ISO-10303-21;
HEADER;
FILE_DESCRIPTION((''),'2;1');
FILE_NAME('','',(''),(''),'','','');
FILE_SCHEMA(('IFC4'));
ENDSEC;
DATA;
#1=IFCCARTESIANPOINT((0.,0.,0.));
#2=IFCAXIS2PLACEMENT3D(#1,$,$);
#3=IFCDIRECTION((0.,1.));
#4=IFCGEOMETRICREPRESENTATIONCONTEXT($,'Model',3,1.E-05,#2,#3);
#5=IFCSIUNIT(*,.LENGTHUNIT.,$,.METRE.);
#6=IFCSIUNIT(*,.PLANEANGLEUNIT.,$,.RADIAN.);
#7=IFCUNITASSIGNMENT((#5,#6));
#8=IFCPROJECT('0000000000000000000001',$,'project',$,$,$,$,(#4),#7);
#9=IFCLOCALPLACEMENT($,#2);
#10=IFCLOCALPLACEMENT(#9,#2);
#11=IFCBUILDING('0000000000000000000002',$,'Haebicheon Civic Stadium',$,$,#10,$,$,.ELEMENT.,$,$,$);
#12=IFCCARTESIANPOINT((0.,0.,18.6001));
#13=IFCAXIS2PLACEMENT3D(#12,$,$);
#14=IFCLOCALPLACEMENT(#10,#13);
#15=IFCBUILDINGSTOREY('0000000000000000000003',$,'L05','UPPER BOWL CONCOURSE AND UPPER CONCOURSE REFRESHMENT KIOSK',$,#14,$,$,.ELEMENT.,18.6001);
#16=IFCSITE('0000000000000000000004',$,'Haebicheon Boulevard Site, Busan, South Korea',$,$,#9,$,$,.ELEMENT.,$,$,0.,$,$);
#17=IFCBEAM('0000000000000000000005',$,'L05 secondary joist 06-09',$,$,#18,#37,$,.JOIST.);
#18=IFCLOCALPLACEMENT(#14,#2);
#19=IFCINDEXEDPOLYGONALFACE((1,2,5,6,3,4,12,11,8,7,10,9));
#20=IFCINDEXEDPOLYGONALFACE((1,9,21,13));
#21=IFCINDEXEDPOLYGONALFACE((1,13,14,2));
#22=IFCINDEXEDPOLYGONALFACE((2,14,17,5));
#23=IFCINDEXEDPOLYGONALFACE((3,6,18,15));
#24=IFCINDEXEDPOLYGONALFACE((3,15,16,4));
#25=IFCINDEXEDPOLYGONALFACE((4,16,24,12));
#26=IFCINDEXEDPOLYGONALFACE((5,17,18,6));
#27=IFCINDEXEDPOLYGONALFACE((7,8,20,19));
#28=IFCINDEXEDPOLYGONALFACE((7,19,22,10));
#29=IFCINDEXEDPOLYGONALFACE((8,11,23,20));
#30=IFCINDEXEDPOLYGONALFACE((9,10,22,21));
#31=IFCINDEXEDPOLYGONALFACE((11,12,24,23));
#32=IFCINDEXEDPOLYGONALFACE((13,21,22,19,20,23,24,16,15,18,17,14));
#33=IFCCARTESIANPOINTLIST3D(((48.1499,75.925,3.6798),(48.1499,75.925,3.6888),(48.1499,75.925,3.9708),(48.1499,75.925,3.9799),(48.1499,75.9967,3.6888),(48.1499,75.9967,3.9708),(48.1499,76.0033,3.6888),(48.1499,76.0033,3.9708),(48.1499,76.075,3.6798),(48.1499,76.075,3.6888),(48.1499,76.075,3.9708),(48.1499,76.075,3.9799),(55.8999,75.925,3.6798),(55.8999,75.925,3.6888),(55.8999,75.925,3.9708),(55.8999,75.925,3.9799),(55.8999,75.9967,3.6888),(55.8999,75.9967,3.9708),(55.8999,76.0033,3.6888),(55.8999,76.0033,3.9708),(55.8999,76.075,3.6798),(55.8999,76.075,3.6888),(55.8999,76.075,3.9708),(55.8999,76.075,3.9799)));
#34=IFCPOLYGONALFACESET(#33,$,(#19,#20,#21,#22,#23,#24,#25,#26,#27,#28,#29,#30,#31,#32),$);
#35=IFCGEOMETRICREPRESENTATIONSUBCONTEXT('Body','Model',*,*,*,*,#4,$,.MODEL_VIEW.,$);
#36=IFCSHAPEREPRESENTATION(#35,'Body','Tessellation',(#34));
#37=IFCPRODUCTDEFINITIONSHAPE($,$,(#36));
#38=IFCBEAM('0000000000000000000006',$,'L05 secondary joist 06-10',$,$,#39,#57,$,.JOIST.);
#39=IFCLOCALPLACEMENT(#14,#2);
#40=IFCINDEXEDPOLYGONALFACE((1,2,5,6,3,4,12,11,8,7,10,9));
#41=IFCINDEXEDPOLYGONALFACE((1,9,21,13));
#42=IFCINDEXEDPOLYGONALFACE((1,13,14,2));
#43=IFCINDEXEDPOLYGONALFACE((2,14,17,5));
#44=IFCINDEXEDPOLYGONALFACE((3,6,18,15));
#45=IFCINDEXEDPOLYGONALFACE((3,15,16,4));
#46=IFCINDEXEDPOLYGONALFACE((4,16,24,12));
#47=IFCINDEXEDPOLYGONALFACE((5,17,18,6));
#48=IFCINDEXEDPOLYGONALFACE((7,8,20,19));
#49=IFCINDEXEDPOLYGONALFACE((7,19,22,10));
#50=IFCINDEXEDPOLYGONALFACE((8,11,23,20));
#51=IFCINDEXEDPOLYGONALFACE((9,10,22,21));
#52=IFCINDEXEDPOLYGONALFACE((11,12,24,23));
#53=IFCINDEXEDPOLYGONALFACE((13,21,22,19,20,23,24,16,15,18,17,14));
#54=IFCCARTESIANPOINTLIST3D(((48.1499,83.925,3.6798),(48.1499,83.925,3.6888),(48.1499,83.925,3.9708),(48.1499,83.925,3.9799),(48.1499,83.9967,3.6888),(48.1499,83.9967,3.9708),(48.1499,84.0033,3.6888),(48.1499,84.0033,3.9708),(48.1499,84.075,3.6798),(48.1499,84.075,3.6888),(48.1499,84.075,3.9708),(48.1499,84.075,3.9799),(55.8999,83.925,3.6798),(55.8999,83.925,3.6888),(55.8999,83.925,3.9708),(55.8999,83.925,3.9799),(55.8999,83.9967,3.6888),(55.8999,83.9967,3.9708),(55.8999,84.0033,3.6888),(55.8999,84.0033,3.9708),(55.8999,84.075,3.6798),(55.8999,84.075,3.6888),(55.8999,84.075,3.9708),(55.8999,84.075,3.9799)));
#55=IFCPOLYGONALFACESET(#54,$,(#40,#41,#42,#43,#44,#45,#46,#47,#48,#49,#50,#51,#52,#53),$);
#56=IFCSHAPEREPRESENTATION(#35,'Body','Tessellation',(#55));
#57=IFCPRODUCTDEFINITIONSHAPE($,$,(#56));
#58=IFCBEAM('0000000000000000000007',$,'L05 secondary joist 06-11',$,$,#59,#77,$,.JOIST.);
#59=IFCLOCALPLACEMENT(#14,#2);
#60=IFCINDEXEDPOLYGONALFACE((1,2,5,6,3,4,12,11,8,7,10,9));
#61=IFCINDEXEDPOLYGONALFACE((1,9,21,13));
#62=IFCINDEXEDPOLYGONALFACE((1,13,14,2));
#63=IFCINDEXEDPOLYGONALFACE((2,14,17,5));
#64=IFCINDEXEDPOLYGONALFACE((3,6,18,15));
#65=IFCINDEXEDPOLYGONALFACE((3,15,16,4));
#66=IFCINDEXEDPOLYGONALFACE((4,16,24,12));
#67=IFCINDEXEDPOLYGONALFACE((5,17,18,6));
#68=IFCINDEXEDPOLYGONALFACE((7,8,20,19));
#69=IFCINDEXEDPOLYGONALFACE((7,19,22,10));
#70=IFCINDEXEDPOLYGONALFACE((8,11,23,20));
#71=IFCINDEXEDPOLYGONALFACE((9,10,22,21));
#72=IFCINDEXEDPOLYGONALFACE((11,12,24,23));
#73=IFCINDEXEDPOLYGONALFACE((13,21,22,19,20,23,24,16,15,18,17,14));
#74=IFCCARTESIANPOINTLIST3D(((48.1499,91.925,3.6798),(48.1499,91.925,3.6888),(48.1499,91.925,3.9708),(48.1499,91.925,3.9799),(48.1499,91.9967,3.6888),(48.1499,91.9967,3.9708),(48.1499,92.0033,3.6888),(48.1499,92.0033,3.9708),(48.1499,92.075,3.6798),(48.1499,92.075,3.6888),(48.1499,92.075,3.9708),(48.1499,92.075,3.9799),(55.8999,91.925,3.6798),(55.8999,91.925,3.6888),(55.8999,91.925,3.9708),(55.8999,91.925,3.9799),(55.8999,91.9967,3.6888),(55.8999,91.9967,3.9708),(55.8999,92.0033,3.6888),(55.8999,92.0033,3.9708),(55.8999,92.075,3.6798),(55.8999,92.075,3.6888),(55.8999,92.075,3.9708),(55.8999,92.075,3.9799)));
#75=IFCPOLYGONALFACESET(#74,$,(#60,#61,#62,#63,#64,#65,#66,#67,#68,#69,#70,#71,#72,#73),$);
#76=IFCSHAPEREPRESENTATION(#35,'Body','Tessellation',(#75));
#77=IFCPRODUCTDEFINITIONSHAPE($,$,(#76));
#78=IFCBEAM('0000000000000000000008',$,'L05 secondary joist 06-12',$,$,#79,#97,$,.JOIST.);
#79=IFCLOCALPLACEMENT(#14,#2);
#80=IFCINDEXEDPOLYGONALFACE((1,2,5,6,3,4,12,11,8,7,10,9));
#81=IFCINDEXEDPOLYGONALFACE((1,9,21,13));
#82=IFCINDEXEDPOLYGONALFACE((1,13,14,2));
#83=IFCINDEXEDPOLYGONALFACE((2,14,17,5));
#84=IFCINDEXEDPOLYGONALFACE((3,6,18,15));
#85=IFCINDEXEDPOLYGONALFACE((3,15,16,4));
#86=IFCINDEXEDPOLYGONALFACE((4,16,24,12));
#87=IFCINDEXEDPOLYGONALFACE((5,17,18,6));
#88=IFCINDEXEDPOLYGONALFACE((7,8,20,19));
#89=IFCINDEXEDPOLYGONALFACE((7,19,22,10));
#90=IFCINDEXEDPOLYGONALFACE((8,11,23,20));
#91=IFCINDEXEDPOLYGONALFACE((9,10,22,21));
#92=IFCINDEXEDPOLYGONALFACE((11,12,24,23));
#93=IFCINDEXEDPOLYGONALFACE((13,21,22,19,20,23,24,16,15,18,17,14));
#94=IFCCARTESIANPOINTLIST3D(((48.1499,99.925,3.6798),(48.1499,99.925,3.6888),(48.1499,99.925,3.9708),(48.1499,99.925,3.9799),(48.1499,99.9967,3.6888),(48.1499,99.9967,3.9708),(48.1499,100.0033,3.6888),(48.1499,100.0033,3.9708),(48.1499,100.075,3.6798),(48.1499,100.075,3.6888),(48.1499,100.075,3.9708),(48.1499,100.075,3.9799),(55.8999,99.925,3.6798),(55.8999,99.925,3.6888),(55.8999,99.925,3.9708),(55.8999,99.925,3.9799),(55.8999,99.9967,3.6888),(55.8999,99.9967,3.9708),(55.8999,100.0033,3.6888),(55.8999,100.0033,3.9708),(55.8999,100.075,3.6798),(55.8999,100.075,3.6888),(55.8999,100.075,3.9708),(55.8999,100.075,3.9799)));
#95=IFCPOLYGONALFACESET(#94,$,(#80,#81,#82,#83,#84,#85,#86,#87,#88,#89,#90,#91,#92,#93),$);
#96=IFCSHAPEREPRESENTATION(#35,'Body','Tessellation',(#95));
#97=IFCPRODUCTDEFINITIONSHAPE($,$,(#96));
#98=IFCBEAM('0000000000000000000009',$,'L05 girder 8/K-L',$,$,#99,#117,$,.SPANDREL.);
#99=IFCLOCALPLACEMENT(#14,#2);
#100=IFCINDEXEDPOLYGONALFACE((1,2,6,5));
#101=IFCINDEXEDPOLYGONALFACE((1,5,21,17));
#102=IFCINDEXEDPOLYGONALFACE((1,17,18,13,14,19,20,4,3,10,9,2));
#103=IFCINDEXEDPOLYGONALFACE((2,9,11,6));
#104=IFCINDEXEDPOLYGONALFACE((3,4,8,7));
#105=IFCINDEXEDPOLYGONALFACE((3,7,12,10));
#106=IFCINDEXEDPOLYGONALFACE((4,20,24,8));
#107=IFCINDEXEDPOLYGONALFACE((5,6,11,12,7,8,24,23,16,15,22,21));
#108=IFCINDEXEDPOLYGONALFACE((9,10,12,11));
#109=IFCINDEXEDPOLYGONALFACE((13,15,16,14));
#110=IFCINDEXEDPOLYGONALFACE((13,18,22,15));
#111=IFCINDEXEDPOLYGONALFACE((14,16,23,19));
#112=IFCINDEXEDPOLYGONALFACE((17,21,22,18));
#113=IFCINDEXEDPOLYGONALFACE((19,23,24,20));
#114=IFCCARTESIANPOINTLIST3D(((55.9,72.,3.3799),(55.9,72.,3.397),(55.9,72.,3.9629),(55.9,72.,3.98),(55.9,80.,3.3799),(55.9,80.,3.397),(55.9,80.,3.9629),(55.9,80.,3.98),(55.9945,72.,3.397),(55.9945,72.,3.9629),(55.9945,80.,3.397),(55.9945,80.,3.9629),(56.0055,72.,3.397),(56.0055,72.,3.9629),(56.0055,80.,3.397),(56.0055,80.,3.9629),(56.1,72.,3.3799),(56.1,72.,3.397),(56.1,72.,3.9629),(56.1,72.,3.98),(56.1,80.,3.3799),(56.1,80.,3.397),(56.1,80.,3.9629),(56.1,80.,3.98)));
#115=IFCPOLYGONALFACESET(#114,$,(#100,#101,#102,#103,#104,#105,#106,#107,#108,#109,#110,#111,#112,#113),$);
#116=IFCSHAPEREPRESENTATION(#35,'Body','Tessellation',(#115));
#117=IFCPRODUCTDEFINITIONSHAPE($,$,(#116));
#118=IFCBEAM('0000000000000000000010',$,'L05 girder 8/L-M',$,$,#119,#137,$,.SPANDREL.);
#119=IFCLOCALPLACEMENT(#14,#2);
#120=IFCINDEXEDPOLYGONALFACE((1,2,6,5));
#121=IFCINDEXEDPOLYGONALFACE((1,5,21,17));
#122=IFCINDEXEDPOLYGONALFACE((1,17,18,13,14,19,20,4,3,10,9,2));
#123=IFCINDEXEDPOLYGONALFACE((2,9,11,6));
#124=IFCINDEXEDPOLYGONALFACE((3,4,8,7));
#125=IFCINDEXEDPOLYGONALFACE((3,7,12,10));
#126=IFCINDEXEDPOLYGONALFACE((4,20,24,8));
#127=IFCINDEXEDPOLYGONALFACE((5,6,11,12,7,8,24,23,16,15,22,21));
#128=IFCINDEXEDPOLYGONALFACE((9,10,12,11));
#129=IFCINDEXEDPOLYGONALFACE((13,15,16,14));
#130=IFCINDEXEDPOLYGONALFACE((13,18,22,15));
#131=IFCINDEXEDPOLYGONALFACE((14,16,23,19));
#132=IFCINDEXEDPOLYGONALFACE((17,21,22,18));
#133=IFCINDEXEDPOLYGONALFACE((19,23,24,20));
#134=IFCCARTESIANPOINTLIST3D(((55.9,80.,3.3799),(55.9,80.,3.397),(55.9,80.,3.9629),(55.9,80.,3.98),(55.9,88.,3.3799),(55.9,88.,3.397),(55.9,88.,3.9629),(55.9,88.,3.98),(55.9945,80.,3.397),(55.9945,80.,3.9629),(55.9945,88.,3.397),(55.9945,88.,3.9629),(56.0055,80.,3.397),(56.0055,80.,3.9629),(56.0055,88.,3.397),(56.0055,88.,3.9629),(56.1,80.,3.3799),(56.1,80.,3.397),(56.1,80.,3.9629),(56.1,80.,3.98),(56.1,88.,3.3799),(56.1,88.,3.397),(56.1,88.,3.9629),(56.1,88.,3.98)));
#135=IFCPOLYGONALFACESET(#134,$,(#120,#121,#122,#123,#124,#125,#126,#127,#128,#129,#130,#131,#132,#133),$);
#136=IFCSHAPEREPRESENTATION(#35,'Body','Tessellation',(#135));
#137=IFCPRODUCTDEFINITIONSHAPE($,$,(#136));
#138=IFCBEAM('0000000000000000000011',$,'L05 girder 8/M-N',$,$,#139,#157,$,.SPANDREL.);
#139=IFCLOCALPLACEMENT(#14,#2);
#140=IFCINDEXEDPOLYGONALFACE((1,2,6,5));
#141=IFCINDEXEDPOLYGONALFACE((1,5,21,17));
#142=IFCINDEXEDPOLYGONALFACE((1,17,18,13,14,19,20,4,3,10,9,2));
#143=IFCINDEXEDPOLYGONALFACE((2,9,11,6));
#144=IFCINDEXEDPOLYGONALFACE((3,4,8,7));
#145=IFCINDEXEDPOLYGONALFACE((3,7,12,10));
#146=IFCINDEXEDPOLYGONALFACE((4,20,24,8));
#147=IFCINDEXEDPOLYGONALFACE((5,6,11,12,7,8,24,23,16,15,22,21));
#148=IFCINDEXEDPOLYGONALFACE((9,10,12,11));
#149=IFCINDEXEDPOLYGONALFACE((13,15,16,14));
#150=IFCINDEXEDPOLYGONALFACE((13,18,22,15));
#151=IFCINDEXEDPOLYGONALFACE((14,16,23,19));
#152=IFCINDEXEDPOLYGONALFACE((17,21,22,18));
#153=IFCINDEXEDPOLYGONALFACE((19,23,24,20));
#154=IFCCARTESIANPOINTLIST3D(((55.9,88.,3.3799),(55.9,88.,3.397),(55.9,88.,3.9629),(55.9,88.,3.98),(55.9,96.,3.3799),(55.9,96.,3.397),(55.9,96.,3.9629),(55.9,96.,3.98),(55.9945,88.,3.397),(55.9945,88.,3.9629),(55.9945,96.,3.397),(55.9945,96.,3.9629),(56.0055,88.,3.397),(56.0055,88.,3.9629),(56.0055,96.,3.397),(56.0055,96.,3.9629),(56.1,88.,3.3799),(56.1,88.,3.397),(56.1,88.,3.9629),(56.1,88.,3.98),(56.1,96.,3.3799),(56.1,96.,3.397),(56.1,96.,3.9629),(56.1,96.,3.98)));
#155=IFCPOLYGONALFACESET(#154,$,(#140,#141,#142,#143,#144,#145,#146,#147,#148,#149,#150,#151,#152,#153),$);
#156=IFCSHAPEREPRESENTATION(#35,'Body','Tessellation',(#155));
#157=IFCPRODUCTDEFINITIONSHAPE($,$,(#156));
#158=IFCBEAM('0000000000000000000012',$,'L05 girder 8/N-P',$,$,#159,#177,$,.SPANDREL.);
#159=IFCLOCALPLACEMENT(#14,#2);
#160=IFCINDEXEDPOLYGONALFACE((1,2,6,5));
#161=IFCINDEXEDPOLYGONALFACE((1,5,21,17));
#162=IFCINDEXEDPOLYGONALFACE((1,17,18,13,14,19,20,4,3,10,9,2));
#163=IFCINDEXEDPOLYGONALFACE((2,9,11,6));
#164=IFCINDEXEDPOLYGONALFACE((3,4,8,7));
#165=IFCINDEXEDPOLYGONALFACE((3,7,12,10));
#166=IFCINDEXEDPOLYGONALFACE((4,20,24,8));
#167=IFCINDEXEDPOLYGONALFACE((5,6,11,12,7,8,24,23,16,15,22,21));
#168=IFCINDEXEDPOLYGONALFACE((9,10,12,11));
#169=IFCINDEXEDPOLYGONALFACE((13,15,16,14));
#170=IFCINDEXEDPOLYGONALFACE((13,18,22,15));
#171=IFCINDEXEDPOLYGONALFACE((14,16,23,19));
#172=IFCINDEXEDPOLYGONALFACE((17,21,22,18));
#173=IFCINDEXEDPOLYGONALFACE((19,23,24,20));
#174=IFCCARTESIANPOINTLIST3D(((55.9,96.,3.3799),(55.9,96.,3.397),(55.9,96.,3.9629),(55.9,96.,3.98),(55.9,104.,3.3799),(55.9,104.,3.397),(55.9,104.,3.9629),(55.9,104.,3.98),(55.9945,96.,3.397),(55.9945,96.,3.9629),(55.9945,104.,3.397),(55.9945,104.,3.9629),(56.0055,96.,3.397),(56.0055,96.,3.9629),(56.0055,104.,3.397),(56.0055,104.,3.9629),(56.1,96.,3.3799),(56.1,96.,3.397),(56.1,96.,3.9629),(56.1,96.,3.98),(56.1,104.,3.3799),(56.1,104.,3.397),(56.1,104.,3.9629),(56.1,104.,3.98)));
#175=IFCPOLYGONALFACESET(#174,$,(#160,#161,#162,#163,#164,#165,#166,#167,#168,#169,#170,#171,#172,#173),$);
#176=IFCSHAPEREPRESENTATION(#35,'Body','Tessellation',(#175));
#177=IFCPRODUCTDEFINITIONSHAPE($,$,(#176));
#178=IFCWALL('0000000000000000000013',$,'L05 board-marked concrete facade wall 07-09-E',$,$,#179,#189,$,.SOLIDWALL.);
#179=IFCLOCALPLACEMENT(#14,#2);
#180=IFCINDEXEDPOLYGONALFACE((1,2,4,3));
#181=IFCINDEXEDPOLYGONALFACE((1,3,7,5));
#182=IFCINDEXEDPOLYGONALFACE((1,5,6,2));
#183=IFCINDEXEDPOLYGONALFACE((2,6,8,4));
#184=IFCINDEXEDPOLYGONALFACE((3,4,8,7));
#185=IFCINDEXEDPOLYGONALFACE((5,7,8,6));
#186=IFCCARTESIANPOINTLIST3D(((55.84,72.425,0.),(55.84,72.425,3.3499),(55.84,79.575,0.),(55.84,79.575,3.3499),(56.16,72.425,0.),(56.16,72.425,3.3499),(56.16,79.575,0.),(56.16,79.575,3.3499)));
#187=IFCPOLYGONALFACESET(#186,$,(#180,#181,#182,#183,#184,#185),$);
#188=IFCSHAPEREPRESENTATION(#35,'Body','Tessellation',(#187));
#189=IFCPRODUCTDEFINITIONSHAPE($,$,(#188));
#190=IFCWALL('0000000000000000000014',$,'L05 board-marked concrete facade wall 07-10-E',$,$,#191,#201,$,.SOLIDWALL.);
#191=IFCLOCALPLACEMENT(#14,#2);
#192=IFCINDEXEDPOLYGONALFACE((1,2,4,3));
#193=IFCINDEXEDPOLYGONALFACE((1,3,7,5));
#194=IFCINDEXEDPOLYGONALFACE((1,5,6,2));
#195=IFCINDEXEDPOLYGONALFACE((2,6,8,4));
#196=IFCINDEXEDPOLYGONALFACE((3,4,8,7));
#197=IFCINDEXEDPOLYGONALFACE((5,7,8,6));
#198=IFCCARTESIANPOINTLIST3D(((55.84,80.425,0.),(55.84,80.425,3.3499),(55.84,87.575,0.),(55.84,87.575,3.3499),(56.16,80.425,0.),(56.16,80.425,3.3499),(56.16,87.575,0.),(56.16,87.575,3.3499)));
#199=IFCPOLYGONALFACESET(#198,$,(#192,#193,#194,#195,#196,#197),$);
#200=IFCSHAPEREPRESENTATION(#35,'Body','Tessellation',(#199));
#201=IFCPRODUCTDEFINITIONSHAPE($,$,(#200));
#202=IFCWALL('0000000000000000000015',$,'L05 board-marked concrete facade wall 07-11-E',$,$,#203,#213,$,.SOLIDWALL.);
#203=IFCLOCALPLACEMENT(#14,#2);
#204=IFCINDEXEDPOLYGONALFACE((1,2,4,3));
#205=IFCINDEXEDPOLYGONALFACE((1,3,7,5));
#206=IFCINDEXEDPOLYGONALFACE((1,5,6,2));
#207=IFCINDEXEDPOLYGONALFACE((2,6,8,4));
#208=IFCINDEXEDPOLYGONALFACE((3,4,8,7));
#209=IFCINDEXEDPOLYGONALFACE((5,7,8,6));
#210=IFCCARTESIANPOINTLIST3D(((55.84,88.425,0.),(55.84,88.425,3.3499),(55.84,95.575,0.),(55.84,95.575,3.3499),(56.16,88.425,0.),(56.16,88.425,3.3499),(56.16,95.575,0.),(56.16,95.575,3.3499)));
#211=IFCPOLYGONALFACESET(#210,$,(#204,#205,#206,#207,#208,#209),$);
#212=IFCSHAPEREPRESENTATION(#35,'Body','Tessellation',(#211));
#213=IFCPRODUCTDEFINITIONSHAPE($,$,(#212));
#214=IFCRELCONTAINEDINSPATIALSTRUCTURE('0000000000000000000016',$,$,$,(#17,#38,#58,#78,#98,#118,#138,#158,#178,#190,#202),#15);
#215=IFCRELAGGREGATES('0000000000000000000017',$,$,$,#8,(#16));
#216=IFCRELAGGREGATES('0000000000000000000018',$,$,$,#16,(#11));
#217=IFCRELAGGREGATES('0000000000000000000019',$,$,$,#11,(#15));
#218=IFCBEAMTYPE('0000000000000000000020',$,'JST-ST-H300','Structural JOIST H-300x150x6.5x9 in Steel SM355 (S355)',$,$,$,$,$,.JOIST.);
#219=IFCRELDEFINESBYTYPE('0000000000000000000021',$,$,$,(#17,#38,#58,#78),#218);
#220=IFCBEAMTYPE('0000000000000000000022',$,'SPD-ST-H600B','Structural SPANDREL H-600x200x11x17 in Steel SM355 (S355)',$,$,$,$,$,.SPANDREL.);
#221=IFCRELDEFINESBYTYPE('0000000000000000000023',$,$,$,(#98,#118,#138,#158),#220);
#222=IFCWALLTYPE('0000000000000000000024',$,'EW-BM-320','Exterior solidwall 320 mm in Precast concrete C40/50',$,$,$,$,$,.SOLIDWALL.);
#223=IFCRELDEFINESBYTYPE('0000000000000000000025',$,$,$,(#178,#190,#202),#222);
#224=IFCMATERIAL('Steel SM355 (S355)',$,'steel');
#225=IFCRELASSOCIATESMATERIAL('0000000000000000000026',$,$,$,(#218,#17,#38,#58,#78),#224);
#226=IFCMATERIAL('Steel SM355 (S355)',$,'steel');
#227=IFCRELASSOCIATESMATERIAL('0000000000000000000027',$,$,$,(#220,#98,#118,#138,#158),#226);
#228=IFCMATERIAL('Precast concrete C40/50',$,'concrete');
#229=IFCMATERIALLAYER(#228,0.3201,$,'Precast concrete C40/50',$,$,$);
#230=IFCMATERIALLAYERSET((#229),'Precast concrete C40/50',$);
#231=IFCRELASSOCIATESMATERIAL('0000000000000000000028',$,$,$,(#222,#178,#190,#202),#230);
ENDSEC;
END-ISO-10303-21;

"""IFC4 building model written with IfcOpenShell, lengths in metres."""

from ifc_helpers import new_model, si_unit, direction, frame, frame_2d, origin, origin_2d, place, context, subcontext, project, spatial, rectangle, i_section, extrude, material, layer, layer_set, material_profile, profile_set, type_object, element, save


model = new_model("IFC4")

# Units and contexts
model_context = context("Model", 3, precision=1e-05, world=origin(), true_north=direction((0.0, 1.0)))
body_context = subcontext(model_context, "Body", "Model", "MODEL_VIEW")
ifc_project = project(units=[si_unit("LENGTHUNIT", "METRE"), si_unit("PLANEANGLEUNIT", "RADIAN")], contexts=[model_context])

# Site, building, storey
site_placement = place(None, origin())
site = spatial("IfcSite", under=ifc_project, at=site_placement, Name="Haebicheon Boulevard Site, Busan, South Korea", CompositionType="ELEMENT", RefElevation=0.0)
building_placement = place(site_placement, origin())
building = spatial("IfcBuilding", under=site, at=building_placement, Name="Haebicheon Civic Stadium", CompositionType="ELEMENT")
storey_placement = place(building_placement, frame((0.0, 0.0, 18.6001)))
storey = spatial("IfcBuildingStorey", under=building, at=storey_placement, Name="L05", Description="UPPER BOWL CONCOURSE AND UPPER CONCOURSE REFRESHMENT KIOSK", CompositionType="ELEMENT", Elevation=18.6001)

# Beams
ifc_material_1 = material(Name="Steel SM355 (S355)", Category="steel")
ifc_material_profile_1 = material_profile(ifc_material_1, i_section(OverallWidth=0.1499, OverallDepth=0.3, WebThickness=0.0066, FlangeThickness=0.009, at=origin_2d()), Name="H-300x150x6.5x9")
ifc_profile_set_1 = profile_set([ifc_material_profile_1], Name="Steel SM355 (S355)")
beam_type_1 = type_object("IfcBeamType", Name="JST-ST-H300", Description="Structural JOIST H-300x150x6.5x9 in Steel SM355 (S355)", PredefinedType="JOIST", material=ifc_profile_set_1)
for number, where, z_axis, x_axis, name in (
    (1, (48.1499, 76.0, 3.8298), (1.0, 0.0, 0.0), (0.0, 1.0, 0.0), "L05 secondary joist 06-09"),
    (2, (48.1499, 84.0, 3.8298), (1.0, 0.0, 0.0), (0.0, 1.0, 0.0), "L05 secondary joist 06-10"),
    (3, (48.1499, 92.0, 3.8298), (1.0, 0.0, 0.0), (0.0, 1.0, 0.0), "L05 secondary joist 06-11"),
    (4, (48.1499, 100.0, 3.8298), (1.0, 0.0, 0.0), (0.0, 1.0, 0.0), "L05 secondary joist 06-12"),
):
    element("IfcBeam", number, at=place(storey_placement, frame(where, z_axis=z_axis, x_axis=x_axis)), inside=storey, type_object=beam_type_1, material=ifc_profile_set_1, Name=name, PredefinedType="JOIST", context=body_context, shape_type="SweptSolid", body=[
        extrude(i_section(OverallWidth=0.1499, OverallDepth=0.3, WebThickness=0.0066, FlangeThickness=0.009, at=origin_2d()), origin(), (0.0, 0.0, 1.0), 7.75),
    ])
ifc_material_2 = material(Name="Steel SM355 (S355)", Category="steel")
ifc_material_profile_2 = material_profile(ifc_material_2, i_section(OverallWidth=0.2, OverallDepth=0.6001, WebThickness=0.011, FlangeThickness=0.0171, at=origin_2d()), Name="H-600x200x11x17")
ifc_profile_set_2 = profile_set([ifc_material_profile_2], Name="Steel SM355 (S355)")
beam_type_2 = type_object("IfcBeamType", Name="SPD-ST-H600B", Description="Structural SPANDREL H-600x200x11x17 in Steel SM355 (S355)", PredefinedType="SPANDREL", material=ifc_profile_set_2)
for number, where, z_axis, x_axis, name in (
    (5, (56.0, 72.0, 3.6799), (0.0, 1.0, 0.0), (-1.0, 0.0, 0.0), "L05 girder 8/K-L"),
    (6, (56.0, 80.0, 3.6799), (0.0, 1.0, 0.0), (-1.0, 0.0, 0.0), "L05 girder 8/L-M"),
    (7, (56.0, 88.0, 3.6799), (0.0, 1.0, 0.0), (-1.0, 0.0, 0.0), "L05 girder 8/M-N"),
    (8, (56.0, 96.0, 3.6799), (0.0, 1.0, 0.0), (-1.0, 0.0, 0.0), "L05 girder 8/N-P"),
):
    element("IfcBeam", number, at=place(storey_placement, frame(where, z_axis=z_axis, x_axis=x_axis)), inside=storey, type_object=beam_type_2, material=ifc_profile_set_2, Name=name, PredefinedType="SPANDREL", context=body_context, shape_type="SweptSolid", body=[
        extrude(i_section(OverallWidth=0.2, OverallDepth=0.6001, WebThickness=0.011, FlangeThickness=0.0171, at=origin_2d()), origin(), (0.0, 0.0, 1.0), 8.0),
    ])

# Walls
ifc_material_3 = material(Name="Precast concrete C40/50", Category="concrete")
ifc_layer_1 = layer(ifc_material_3, 0.3201, Name="Precast concrete C40/50")
ifc_layer_set_1 = layer_set([ifc_layer_1], Name="Precast concrete C40/50")
wall_type_1 = type_object("IfcWallType", Name="EW-BM-320", Description="Exterior solidwall 320 mm in Precast concrete C40/50", PredefinedType="SOLIDWALL", material=ifc_layer_set_1)
for number, where, z_axis, x_axis, name in (
    (9, (56.0, 72.425, 0.0), (0.0, 0.0, 1.0), (0.0, 1.0, 0.0), "L05 board-marked concrete facade wall 07-09-E"),
    (10, (56.0, 80.425, 0.0), (0.0, 0.0, 1.0), (0.0, 1.0, 0.0), "L05 board-marked concrete facade wall 07-10-E"),
    (11, (56.0, 88.425, 0.0), (0.0, 0.0, 1.0), (0.0, 1.0, 0.0), "L05 board-marked concrete facade wall 07-11-E"),
):
    element("IfcWall", number, at=place(storey_placement, frame(where, z_axis=z_axis, x_axis=x_axis)), inside=storey, type_object=wall_type_1, material=ifc_layer_set_1, Name=name, PredefinedType="SOLIDWALL", context=body_context, shape_type="SweptSolid", body=[
        extrude(rectangle(XDim=7.1499, YDim=0.3201, at=frame_2d((3.575, 0.0))), origin(), (0.0, 0.0, 1.0), 3.3499),
    ])

save(model, "model.ifc")
